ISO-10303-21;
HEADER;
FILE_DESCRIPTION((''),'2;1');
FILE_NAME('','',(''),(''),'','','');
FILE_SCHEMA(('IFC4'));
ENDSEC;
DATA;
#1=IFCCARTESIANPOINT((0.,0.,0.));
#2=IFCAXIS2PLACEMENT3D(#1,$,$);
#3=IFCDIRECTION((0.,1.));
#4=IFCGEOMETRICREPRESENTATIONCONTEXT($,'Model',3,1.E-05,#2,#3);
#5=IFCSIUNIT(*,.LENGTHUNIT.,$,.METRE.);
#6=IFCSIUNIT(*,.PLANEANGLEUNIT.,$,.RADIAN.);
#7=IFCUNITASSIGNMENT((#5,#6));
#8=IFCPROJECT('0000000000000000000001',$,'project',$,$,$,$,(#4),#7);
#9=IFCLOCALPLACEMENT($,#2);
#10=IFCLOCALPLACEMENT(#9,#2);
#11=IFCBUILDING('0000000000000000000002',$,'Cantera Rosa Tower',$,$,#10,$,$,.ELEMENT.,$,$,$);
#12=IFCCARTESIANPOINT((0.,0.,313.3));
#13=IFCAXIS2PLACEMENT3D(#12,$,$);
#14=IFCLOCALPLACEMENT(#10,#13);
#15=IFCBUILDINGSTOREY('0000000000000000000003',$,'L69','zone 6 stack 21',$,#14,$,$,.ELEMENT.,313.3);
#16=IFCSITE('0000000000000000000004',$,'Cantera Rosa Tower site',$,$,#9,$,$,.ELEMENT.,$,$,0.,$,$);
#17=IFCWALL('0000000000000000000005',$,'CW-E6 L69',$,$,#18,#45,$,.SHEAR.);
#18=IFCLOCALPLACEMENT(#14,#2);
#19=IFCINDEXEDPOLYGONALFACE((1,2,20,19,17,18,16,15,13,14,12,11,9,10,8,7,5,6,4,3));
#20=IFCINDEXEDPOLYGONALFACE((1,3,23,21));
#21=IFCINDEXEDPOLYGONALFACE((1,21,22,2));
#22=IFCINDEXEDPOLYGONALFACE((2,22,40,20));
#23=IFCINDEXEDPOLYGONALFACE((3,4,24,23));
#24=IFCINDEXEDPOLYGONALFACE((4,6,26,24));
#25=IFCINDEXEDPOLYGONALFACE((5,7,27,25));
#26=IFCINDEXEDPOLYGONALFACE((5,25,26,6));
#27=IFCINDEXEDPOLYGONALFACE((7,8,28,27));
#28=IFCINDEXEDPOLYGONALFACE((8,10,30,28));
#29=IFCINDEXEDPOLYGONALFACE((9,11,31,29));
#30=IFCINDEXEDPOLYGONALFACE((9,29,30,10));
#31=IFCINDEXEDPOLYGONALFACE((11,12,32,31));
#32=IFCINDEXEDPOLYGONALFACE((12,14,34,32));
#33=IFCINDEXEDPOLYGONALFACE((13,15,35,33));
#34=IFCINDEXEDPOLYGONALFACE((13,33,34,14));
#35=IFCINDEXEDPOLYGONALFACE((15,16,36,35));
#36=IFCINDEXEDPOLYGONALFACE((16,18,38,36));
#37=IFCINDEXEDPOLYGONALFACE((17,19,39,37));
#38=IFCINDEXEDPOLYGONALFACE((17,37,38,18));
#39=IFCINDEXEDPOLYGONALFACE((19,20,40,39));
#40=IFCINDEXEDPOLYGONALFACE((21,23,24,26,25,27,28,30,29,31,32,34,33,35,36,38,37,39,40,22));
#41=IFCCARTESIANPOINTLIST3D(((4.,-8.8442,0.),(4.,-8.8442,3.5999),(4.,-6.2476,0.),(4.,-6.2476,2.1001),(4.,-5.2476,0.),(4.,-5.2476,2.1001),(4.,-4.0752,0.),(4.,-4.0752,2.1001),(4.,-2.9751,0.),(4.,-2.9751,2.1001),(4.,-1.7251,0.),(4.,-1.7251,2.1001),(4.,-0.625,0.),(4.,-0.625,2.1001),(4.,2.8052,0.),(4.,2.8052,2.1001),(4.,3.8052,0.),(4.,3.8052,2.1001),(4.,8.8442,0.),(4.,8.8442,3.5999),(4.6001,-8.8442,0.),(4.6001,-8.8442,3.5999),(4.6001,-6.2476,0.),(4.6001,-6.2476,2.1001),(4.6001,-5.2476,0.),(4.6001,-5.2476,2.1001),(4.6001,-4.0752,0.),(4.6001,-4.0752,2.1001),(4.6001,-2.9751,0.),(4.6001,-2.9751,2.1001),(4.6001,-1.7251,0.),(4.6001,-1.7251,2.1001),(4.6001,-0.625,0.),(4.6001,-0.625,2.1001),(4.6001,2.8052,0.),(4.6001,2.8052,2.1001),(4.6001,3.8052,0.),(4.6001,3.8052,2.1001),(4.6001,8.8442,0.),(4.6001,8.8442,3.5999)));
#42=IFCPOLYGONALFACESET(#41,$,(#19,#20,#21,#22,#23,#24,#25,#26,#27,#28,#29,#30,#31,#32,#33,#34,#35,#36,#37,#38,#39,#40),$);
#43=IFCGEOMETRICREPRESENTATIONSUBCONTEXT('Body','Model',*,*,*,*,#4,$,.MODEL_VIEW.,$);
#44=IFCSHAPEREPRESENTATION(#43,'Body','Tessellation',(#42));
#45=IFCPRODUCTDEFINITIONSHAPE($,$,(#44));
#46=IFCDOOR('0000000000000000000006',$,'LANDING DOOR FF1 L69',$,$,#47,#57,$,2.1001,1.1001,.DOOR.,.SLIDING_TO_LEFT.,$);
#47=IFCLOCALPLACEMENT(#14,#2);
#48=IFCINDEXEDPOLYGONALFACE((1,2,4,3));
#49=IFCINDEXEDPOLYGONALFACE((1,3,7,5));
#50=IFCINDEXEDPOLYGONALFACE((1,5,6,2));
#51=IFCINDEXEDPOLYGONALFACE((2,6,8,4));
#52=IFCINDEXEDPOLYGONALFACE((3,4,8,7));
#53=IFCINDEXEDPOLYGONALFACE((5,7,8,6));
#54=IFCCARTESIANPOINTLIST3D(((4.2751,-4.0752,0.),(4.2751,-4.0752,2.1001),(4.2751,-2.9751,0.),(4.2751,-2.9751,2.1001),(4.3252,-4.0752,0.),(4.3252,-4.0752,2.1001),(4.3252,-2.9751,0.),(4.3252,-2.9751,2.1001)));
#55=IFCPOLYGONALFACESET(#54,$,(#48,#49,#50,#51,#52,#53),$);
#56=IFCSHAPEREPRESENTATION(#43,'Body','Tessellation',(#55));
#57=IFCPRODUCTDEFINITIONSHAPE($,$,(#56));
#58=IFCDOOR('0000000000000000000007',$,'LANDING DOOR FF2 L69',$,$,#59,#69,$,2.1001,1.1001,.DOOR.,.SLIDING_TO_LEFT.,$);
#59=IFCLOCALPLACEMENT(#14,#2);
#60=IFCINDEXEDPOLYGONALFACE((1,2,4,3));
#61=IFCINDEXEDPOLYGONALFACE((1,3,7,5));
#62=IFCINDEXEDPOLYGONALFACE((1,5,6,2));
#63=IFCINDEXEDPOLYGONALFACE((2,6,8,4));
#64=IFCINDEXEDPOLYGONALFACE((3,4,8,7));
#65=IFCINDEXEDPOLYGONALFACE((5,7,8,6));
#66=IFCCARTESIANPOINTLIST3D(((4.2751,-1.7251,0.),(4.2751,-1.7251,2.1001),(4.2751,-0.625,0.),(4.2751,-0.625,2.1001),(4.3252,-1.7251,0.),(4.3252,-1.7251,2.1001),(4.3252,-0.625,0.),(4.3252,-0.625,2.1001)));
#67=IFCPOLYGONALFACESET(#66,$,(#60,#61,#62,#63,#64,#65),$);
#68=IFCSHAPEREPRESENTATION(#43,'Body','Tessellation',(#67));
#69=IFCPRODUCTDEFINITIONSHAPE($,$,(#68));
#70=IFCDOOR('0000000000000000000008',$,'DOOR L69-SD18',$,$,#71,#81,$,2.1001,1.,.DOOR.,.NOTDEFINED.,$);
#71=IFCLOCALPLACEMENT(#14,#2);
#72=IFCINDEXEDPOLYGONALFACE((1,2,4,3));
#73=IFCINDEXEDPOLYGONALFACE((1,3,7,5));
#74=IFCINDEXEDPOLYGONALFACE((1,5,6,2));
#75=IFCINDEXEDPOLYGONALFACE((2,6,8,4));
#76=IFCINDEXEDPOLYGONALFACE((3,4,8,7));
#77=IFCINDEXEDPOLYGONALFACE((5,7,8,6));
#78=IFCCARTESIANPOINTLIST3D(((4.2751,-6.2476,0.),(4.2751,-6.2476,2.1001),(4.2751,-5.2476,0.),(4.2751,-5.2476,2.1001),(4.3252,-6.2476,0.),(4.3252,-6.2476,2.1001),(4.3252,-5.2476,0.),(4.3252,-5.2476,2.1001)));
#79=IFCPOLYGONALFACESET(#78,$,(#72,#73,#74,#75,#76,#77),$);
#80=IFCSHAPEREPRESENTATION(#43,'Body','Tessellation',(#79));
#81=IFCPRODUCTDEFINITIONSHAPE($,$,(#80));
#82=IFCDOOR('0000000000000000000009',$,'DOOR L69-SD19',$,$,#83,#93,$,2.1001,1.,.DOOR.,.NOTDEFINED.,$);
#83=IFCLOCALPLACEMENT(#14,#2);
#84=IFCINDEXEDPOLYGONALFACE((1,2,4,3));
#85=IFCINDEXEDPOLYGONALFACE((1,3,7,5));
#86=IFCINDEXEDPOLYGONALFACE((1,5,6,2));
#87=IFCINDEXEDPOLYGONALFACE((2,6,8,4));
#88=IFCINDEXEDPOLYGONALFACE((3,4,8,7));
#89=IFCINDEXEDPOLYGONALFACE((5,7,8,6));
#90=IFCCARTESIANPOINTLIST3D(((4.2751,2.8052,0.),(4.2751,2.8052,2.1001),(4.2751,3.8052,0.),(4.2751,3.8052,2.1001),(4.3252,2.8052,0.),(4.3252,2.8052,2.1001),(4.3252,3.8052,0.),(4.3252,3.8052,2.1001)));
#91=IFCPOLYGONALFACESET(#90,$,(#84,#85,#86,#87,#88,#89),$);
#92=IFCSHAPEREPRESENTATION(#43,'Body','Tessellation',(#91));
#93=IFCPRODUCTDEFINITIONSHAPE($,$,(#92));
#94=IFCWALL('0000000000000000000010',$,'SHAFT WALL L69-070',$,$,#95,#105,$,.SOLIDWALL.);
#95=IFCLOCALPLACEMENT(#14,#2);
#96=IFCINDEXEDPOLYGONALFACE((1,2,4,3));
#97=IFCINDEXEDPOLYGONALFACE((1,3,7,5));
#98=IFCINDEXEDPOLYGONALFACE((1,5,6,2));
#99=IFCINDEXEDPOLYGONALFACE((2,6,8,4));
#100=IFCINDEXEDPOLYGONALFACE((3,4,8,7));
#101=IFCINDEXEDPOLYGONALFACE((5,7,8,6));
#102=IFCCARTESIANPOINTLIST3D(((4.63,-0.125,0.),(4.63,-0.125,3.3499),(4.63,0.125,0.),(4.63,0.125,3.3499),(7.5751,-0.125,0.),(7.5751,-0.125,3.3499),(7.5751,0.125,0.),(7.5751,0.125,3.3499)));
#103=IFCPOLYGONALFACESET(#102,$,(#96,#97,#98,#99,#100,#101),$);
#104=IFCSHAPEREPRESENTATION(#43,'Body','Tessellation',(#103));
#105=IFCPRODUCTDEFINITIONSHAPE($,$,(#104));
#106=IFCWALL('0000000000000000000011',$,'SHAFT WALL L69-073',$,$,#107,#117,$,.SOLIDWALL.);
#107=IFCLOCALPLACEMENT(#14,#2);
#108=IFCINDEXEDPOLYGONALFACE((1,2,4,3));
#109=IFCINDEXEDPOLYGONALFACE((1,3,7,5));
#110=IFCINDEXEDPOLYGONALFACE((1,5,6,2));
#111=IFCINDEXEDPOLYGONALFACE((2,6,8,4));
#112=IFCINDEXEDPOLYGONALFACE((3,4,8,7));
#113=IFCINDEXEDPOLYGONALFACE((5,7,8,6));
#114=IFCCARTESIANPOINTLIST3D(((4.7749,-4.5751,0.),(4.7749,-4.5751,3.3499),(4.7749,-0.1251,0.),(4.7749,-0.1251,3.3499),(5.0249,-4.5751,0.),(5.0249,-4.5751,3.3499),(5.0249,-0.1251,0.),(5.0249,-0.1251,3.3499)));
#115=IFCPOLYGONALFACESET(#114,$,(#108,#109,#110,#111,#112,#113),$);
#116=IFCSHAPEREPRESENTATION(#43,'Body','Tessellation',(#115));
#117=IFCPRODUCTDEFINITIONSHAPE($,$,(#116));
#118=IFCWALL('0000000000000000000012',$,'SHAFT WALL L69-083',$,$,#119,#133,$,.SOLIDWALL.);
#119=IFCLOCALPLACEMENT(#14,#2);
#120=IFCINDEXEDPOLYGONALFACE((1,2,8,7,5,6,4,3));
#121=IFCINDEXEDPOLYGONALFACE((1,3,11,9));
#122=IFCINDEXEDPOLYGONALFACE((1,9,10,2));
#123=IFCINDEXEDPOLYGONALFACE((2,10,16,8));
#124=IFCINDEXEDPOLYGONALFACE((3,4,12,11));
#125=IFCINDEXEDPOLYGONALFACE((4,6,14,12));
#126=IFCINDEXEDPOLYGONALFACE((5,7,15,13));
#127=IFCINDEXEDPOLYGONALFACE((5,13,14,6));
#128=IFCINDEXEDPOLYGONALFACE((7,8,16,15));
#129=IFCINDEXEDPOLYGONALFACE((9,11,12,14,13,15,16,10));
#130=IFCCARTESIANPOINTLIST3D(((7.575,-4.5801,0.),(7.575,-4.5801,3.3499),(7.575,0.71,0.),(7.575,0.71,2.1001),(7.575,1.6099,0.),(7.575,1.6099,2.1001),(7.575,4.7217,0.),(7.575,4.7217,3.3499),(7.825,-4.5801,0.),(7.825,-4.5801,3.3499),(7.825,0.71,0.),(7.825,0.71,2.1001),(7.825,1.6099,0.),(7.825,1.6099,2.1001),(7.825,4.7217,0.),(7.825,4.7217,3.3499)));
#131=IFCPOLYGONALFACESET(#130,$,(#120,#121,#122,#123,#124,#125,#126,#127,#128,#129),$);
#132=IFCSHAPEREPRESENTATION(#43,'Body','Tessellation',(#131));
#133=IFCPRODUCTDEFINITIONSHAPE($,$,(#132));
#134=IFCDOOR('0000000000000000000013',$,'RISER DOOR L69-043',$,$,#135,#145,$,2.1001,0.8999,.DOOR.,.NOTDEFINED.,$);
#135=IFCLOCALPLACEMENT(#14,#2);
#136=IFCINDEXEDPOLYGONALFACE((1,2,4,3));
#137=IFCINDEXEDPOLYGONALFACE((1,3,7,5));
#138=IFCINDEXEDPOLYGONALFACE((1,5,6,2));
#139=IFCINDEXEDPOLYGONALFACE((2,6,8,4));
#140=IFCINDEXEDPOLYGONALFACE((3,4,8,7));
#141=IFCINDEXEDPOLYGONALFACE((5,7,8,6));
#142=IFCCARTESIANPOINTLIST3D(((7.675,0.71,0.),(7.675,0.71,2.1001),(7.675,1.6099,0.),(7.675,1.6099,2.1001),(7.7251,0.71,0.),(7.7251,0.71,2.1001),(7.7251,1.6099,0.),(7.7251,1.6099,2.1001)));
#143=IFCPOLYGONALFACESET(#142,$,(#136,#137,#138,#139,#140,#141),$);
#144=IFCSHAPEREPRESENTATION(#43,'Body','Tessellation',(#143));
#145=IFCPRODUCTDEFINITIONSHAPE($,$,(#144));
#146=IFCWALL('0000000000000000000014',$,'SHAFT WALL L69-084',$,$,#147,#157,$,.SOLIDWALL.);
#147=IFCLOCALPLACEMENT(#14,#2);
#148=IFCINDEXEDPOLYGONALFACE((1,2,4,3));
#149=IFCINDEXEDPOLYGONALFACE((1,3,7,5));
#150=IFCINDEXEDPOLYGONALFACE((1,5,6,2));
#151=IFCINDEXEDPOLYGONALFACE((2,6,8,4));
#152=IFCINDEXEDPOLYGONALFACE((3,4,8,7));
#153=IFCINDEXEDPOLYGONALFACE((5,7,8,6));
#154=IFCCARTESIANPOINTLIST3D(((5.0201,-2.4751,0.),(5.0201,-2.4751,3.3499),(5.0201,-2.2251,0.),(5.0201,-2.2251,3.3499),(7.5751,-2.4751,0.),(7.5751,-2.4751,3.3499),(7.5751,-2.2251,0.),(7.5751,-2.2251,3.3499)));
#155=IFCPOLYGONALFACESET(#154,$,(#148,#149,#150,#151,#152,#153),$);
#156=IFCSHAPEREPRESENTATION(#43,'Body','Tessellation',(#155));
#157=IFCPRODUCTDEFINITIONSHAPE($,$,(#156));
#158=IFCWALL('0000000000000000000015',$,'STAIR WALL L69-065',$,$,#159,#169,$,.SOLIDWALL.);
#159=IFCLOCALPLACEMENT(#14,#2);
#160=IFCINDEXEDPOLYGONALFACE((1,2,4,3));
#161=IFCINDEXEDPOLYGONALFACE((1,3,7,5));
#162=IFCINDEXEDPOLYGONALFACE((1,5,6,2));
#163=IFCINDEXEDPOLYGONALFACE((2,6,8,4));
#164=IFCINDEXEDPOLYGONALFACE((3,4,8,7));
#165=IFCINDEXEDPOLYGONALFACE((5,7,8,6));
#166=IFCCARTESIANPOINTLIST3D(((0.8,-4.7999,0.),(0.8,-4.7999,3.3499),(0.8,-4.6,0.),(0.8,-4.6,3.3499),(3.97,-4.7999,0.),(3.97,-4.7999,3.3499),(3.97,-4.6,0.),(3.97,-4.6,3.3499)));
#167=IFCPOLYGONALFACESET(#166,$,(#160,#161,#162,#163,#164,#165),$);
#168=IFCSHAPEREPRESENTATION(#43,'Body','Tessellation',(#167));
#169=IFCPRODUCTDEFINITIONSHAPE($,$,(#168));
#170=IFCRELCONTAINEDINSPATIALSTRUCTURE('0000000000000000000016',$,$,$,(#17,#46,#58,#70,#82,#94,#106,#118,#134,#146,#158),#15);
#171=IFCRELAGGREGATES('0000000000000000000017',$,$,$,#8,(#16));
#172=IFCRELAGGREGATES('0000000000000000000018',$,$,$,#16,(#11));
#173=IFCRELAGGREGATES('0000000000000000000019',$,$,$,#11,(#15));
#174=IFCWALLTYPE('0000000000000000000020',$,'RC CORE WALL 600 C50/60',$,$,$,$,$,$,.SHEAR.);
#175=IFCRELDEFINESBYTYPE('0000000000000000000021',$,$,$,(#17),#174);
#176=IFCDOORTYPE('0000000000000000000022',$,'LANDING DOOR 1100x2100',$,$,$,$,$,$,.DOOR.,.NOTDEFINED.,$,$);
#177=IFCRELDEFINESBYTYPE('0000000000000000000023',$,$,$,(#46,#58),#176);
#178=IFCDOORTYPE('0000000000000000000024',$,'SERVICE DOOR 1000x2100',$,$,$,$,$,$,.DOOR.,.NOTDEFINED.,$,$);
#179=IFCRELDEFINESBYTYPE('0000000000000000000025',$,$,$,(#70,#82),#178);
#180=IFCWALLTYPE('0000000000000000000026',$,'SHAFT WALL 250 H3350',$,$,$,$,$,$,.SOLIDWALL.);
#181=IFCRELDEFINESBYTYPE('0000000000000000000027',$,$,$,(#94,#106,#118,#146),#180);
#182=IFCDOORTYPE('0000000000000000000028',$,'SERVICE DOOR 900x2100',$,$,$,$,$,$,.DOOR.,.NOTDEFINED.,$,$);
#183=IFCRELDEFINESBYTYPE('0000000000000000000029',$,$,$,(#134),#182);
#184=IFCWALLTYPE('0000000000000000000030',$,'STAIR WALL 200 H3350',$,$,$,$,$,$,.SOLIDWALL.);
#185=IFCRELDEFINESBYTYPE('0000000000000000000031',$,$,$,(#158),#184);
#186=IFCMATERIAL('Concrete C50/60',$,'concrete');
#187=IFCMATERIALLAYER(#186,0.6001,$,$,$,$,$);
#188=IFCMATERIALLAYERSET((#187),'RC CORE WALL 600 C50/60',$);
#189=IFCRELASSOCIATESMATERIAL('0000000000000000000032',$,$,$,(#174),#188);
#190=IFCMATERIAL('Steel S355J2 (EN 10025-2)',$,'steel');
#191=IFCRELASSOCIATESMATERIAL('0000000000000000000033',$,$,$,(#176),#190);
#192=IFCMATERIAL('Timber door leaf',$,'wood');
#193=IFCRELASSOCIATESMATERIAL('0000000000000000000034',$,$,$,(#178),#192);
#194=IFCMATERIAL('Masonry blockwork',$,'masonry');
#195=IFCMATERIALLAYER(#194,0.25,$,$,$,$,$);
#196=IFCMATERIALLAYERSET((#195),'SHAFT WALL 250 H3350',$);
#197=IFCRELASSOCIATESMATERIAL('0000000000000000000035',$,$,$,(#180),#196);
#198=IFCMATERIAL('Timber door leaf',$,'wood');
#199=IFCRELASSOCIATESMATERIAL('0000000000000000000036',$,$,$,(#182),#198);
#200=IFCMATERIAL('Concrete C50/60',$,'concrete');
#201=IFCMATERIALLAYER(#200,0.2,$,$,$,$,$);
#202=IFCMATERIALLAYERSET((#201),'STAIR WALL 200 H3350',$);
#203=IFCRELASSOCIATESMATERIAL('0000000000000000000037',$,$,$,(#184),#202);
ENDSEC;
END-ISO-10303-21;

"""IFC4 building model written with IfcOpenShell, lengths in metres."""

from ifc_helpers import new_model, si_unit, direction, frame, frame_2d, origin, place, context, subcontext, project, spatial, rectangle, extrude, material, layer, layer_set, type_object, element, fill, save


model = new_model("IFC4")

# Units and contexts
model_context = context("Model", 3, precision=1e-05, world=origin(), true_north=direction((0.0, 1.0)))
body_context = subcontext(model_context, "Body", "Model", "MODEL_VIEW")
ifc_project = project(units=[si_unit("LENGTHUNIT", "METRE"), si_unit("PLANEANGLEUNIT", "RADIAN")], contexts=[model_context])

# Site, building, storey
site_placement = place(None, origin())
site = spatial("IfcSite", under=ifc_project, at=site_placement, Name="Cantera Rosa Tower site", CompositionType="ELEMENT", RefElevation=0.0)
building_placement = place(site_placement, origin())
building = spatial("IfcBuilding", under=site, at=building_placement, Name="Cantera Rosa Tower", CompositionType="ELEMENT")
storey_placement = place(building_placement, frame((0.0, 0.0, 313.3)))
storey = spatial("IfcBuildingStorey", under=building, at=storey_placement, Name="L69", Description="zone 6 stack 21", CompositionType="ELEMENT", Elevation=313.3)

# Shared definitions
ifc_material_1 = material(Name="Concrete C50/60", Category="concrete")
ifc_layer_1 = layer(ifc_material_1, 0.6001)
ifc_layer_set_1 = layer_set([ifc_layer_1], Name="RC CORE WALL 600 C50/60")
wall_type_1 = type_object("IfcWallType", Name="RC CORE WALL 600 C50/60", PredefinedType="SHEAR", material=ifc_layer_set_1)

# Wall, openings, doors
wall_1_placement = place(storey_placement, frame((4.3, -8.8442, 0.0), z_axis=(0.0, 0.0, 1.0), x_axis=(0.0, 1.0, 0.0)))
wall_1 = element("IfcWall", 1, at=wall_1_placement, inside=storey, type_object=wall_type_1, Name="CW-E6 L69", PredefinedType="SHEAR", context=body_context, shape_type="SweptSolid", body=[
    extrude(rectangle(XDim=17.6885, YDim=0.6001, at=frame_2d((8.8442, 0.0))), origin(), (0.0, 0.0, 1.0), 3.5999),
])
opening_1_placement = place(wall_1_placement, frame((4.769, 0.0, 0.0)))
opening_1 = element("IfcOpeningElement", 2, at=opening_1_placement, cuts=wall_1, PredefinedType="OPENING", context=body_context, shape_type="SweptSolid", body=[
    extrude(rectangle(XDim=1.1001, YDim=2.1001, at=frame_2d((0.55, 1.05))), frame((0.0, 0.3101, 0.0), z_axis=(0.0, -1.0, 0.0), x_axis=(1.0, 0.0, 0.0)), (0.0, 0.0, 1.0), 0.6201),
])
opening_2_placement = place(wall_1_placement, frame((7.1191, 0.0, 0.0)))
opening_2 = element("IfcOpeningElement", 3, at=opening_2_placement, cuts=wall_1, PredefinedType="OPENING", context=body_context, shape_type="SweptSolid", body=[
    extrude(rectangle(XDim=1.1001, YDim=2.1001, at=frame_2d((0.55, 1.05))), frame((0.0, 0.3101, 0.0), z_axis=(0.0, -1.0, 0.0), x_axis=(1.0, 0.0, 0.0)), (0.0, 0.0, 1.0), 0.6201),
])
opening_3_placement = place(wall_1_placement, frame((2.5967, 0.0, 0.0)))
opening_3 = element("IfcOpeningElement", 4, at=opening_3_placement, cuts=wall_1, PredefinedType="OPENING", context=body_context, shape_type="SweptSolid", body=[
    extrude(rectangle(XDim=1.0, YDim=2.1001, at=frame_2d((0.5, 1.05))), frame((0.0, 0.3101, 0.0), z_axis=(0.0, -1.0, 0.0), x_axis=(1.0, 0.0, 0.0)), (0.0, 0.0, 1.0), 0.6201),
])
opening_4_placement = place(wall_1_placement, frame((11.6494, 0.0, 0.0)))
opening_4 = element("IfcOpeningElement", 5, at=opening_4_placement, cuts=wall_1, PredefinedType="OPENING", context=body_context, shape_type="SweptSolid", body=[
    extrude(rectangle(XDim=1.0, YDim=2.1001, at=frame_2d((0.5, 1.05))), frame((0.0, 0.3101, 0.0), z_axis=(0.0, -1.0, 0.0), x_axis=(1.0, 0.0, 0.0)), (0.0, 0.0, 1.0), 0.6201),
])
ifc_material_2 = material(Name="Steel S355J2 (EN 10025-2)", Category="steel")
door_type_1 = type_object("IfcDoorType", Name="LANDING DOOR 1100x2100", OperationType="NOTDEFINED", PredefinedType="DOOR", material=ifc_material_2)
door_1_placement = place(opening_1_placement, origin())
door_1 = element("IfcDoor", 6, at=door_1_placement, inside=storey, type_object=door_type_1, Name="LANDING DOOR FF1 L69", OperationType="SLIDING_TO_LEFT", OverallHeight=2.1001, OverallWidth=1.1001, PredefinedType="DOOR", context=body_context, shape_type="SweptSolid", body=[
    extrude(rectangle(XDim=1.1001, YDim=2.1001, at=frame_2d((0.55, 1.05))), frame((0.0, 0.0249, 0.0), z_axis=(0.0, -1.0, 0.0), x_axis=(1.0, 0.0, 0.0)), (0.0, 0.0, 1.0), 0.05),
])
fill(opening_1, door_1)
door_2_placement = place(opening_2_placement, origin())
door_2 = element("IfcDoor", 7, at=door_2_placement, inside=storey, type_object=door_type_1, Name="LANDING DOOR FF2 L69", OperationType="SLIDING_TO_LEFT", OverallHeight=2.1001, OverallWidth=1.1001, PredefinedType="DOOR", context=body_context, shape_type="SweptSolid", body=[
    extrude(rectangle(XDim=1.1001, YDim=2.1001, at=frame_2d((0.55, 1.05))), frame((0.0, 0.0249, 0.0), z_axis=(0.0, -1.0, 0.0), x_axis=(1.0, 0.0, 0.0)), (0.0, 0.0, 1.0), 0.05),
])
fill(opening_2, door_2)
ifc_material_3 = material(Name="Timber door leaf", Category="wood")
door_type_2 = type_object("IfcDoorType", Name="SERVICE DOOR 1000x2100", OperationType="NOTDEFINED", PredefinedType="DOOR", material=ifc_material_3)
door_3_placement = place(opening_3_placement, origin())
door_3 = element("IfcDoor", 8, at=door_3_placement, inside=storey, type_object=door_type_2, Name="DOOR L69-SD18", OperationType="NOTDEFINED", OverallHeight=2.1001, OverallWidth=1.0, PredefinedType="DOOR", context=body_context, shape_type="SweptSolid", body=[
    extrude(rectangle(XDim=1.0, YDim=2.1001, at=frame_2d((0.5, 1.05))), frame((0.0, 0.0249, 0.0), z_axis=(0.0, -1.0, 0.0), x_axis=(1.0, 0.0, 0.0)), (0.0, 0.0, 1.0), 0.05),
])
fill(opening_3, door_3)
door_4_placement = place(opening_4_placement, origin())
door_4 = element("IfcDoor", 9, at=door_4_placement, inside=storey, type_object=door_type_2, Name="DOOR L69-SD19", OperationType="NOTDEFINED", OverallHeight=2.1001, OverallWidth=1.0, PredefinedType="DOOR", context=body_context, shape_type="SweptSolid", body=[
    extrude(rectangle(XDim=1.0, YDim=2.1001, at=frame_2d((0.5, 1.05))), frame((0.0, 0.0249, 0.0), z_axis=(0.0, -1.0, 0.0), x_axis=(1.0, 0.0, 0.0)), (0.0, 0.0, 1.0), 0.05),
])
fill(opening_4, door_4)

# Walls
ifc_material_4 = material(Name="Masonry blockwork", Category="masonry")
ifc_layer_2 = layer(ifc_material_4, 0.25)
ifc_layer_set_2 = layer_set([ifc_layer_2], Name="SHAFT WALL 250 H3350")
wall_type_2 = type_object("IfcWallType", Name="SHAFT WALL 250 H3350", PredefinedType="SOLIDWALL", material=ifc_layer_set_2)
wall_2_placement = place(storey_placement, frame((4.6299, 0.0, 0.0), z_axis=(0.0, 0.0, 1.0), x_axis=(1.0, 0.0, 0.0)))
element("IfcWall", 10, at=wall_2_placement, inside=storey, type_object=wall_type_2, Name="SHAFT WALL L69-070", PredefinedType="SOLIDWALL", context=body_context, shape_type="SweptSolid", body=[
    extrude(rectangle(XDim=2.9451, YDim=0.25, at=frame_2d((1.4727, 0.0))), origin(), (0.0, 0.0, 1.0), 3.3499),
])
wall_3_placement = place(storey_placement, frame((4.8999, -0.125, 0.0), z_axis=(0.0, 0.0, 1.0), x_axis=(0.0, -1.0, 0.0)))
element("IfcWall", 11, at=wall_3_placement, inside=storey, type_object=wall_type_2, Name="SHAFT WALL L69-073", PredefinedType="SOLIDWALL", context=body_context, shape_type="SweptSolid", body=[
    extrude(rectangle(XDim=4.45, YDim=0.25, at=frame_2d((2.2251, 0.0))), origin(), (0.0, 0.0, 1.0), 3.3499),
])

# Wall, opening, door
wall_4_placement = place(storey_placement, frame((7.7, -4.5801, 0.0), z_axis=(0.0, 0.0, 1.0), x_axis=(0.0, 1.0, 0.0)))
wall_4 = element("IfcWall", 12, at=wall_4_placement, inside=storey, type_object=wall_type_2, Name="SHAFT WALL L69-083", PredefinedType="SOLIDWALL", context=body_context, shape_type="SweptSolid", body=[
    extrude(rectangle(XDim=9.3018, YDim=0.25, at=frame_2d((4.6509, 0.0))), origin(), (0.0, 0.0, 1.0), 3.3499),
])
opening_5_placement = place(wall_4_placement, frame((5.29, 0.0, 0.0)))
opening_5 = element("IfcOpeningElement", 13, at=opening_5_placement, cuts=wall_4, PredefinedType="OPENING", context=body_context, shape_type="SweptSolid", body=[
    extrude(rectangle(XDim=0.8999, YDim=2.1001, at=frame_2d((0.45, 1.05))), frame((0.0, 0.135, 0.0), z_axis=(0.0, -1.0, 0.0), x_axis=(1.0, 0.0, 0.0)), (0.0, 0.0, 1.0), 0.27),
])
ifc_material_5 = material(Name="Timber door leaf", Category="wood")
door_type_3 = type_object("IfcDoorType", Name="SERVICE DOOR 900x2100", OperationType="NOTDEFINED", PredefinedType="DOOR", material=ifc_material_5)
door_5_placement = place(opening_5_placement, origin())
door_5 = element("IfcDoor", 14, at=door_5_placement, inside=storey, type_object=door_type_3, Name="RISER DOOR L69-043", OperationType="NOTDEFINED", OverallHeight=2.1001, OverallWidth=0.8999, PredefinedType="DOOR", context=body_context, shape_type="SweptSolid", body=[
    extrude(rectangle(XDim=0.8999, YDim=2.1001, at=frame_2d((0.45, 1.05))), frame((0.0, 0.0249, 0.0), z_axis=(0.0, -1.0, 0.0), x_axis=(1.0, 0.0, 0.0)), (0.0, 0.0, 1.0), 0.05),
])
fill(opening_5, door_5)

# Walls
wall_5_placement = place(storey_placement, frame((7.575, -2.3501, 0.0), z_axis=(0.0, 0.0, 1.0), x_axis=(-1.0, 0.0, 0.0)))
element("IfcWall", 15, at=wall_5_placement, inside=storey, type_object=wall_type_2, Name="SHAFT WALL L69-084", PredefinedType="SOLIDWALL", context=body_context, shape_type="SweptSolid", body=[
    extrude(rectangle(XDim=2.5549, YDim=0.25, at=frame_2d((1.2773, 0.0))), origin(), (0.0, 0.0, 1.0), 3.3499),
])
ifc_material_6 = material(Name="Concrete C50/60", Category="concrete")
ifc_layer_3 = layer(ifc_material_6, 0.2)
ifc_layer_set_3 = layer_set([ifc_layer_3], Name="STAIR WALL 200 H3350")
wall_type_3 = type_object("IfcWallType", Name="STAIR WALL 200 H3350", PredefinedType="SOLIDWALL", material=ifc_layer_set_3)
wall_6_placement = place(storey_placement, frame((3.97, -4.7, 0.0), z_axis=(0.0, 0.0, 1.0), x_axis=(-1.0, 0.0, 0.0)))
element("IfcWall", 16, at=wall_6_placement, inside=storey, type_object=wall_type_3, Name="STAIR WALL L69-065", PredefinedType="SOLIDWALL", context=body_context, shape_type="SweptSolid", body=[
    extrude(rectangle(XDim=3.1699, YDim=0.2, at=frame_2d((1.585, 0.0))), origin(), (0.0, 0.0, 1.0), 3.3499),
])

save(model, "model.ifc")
